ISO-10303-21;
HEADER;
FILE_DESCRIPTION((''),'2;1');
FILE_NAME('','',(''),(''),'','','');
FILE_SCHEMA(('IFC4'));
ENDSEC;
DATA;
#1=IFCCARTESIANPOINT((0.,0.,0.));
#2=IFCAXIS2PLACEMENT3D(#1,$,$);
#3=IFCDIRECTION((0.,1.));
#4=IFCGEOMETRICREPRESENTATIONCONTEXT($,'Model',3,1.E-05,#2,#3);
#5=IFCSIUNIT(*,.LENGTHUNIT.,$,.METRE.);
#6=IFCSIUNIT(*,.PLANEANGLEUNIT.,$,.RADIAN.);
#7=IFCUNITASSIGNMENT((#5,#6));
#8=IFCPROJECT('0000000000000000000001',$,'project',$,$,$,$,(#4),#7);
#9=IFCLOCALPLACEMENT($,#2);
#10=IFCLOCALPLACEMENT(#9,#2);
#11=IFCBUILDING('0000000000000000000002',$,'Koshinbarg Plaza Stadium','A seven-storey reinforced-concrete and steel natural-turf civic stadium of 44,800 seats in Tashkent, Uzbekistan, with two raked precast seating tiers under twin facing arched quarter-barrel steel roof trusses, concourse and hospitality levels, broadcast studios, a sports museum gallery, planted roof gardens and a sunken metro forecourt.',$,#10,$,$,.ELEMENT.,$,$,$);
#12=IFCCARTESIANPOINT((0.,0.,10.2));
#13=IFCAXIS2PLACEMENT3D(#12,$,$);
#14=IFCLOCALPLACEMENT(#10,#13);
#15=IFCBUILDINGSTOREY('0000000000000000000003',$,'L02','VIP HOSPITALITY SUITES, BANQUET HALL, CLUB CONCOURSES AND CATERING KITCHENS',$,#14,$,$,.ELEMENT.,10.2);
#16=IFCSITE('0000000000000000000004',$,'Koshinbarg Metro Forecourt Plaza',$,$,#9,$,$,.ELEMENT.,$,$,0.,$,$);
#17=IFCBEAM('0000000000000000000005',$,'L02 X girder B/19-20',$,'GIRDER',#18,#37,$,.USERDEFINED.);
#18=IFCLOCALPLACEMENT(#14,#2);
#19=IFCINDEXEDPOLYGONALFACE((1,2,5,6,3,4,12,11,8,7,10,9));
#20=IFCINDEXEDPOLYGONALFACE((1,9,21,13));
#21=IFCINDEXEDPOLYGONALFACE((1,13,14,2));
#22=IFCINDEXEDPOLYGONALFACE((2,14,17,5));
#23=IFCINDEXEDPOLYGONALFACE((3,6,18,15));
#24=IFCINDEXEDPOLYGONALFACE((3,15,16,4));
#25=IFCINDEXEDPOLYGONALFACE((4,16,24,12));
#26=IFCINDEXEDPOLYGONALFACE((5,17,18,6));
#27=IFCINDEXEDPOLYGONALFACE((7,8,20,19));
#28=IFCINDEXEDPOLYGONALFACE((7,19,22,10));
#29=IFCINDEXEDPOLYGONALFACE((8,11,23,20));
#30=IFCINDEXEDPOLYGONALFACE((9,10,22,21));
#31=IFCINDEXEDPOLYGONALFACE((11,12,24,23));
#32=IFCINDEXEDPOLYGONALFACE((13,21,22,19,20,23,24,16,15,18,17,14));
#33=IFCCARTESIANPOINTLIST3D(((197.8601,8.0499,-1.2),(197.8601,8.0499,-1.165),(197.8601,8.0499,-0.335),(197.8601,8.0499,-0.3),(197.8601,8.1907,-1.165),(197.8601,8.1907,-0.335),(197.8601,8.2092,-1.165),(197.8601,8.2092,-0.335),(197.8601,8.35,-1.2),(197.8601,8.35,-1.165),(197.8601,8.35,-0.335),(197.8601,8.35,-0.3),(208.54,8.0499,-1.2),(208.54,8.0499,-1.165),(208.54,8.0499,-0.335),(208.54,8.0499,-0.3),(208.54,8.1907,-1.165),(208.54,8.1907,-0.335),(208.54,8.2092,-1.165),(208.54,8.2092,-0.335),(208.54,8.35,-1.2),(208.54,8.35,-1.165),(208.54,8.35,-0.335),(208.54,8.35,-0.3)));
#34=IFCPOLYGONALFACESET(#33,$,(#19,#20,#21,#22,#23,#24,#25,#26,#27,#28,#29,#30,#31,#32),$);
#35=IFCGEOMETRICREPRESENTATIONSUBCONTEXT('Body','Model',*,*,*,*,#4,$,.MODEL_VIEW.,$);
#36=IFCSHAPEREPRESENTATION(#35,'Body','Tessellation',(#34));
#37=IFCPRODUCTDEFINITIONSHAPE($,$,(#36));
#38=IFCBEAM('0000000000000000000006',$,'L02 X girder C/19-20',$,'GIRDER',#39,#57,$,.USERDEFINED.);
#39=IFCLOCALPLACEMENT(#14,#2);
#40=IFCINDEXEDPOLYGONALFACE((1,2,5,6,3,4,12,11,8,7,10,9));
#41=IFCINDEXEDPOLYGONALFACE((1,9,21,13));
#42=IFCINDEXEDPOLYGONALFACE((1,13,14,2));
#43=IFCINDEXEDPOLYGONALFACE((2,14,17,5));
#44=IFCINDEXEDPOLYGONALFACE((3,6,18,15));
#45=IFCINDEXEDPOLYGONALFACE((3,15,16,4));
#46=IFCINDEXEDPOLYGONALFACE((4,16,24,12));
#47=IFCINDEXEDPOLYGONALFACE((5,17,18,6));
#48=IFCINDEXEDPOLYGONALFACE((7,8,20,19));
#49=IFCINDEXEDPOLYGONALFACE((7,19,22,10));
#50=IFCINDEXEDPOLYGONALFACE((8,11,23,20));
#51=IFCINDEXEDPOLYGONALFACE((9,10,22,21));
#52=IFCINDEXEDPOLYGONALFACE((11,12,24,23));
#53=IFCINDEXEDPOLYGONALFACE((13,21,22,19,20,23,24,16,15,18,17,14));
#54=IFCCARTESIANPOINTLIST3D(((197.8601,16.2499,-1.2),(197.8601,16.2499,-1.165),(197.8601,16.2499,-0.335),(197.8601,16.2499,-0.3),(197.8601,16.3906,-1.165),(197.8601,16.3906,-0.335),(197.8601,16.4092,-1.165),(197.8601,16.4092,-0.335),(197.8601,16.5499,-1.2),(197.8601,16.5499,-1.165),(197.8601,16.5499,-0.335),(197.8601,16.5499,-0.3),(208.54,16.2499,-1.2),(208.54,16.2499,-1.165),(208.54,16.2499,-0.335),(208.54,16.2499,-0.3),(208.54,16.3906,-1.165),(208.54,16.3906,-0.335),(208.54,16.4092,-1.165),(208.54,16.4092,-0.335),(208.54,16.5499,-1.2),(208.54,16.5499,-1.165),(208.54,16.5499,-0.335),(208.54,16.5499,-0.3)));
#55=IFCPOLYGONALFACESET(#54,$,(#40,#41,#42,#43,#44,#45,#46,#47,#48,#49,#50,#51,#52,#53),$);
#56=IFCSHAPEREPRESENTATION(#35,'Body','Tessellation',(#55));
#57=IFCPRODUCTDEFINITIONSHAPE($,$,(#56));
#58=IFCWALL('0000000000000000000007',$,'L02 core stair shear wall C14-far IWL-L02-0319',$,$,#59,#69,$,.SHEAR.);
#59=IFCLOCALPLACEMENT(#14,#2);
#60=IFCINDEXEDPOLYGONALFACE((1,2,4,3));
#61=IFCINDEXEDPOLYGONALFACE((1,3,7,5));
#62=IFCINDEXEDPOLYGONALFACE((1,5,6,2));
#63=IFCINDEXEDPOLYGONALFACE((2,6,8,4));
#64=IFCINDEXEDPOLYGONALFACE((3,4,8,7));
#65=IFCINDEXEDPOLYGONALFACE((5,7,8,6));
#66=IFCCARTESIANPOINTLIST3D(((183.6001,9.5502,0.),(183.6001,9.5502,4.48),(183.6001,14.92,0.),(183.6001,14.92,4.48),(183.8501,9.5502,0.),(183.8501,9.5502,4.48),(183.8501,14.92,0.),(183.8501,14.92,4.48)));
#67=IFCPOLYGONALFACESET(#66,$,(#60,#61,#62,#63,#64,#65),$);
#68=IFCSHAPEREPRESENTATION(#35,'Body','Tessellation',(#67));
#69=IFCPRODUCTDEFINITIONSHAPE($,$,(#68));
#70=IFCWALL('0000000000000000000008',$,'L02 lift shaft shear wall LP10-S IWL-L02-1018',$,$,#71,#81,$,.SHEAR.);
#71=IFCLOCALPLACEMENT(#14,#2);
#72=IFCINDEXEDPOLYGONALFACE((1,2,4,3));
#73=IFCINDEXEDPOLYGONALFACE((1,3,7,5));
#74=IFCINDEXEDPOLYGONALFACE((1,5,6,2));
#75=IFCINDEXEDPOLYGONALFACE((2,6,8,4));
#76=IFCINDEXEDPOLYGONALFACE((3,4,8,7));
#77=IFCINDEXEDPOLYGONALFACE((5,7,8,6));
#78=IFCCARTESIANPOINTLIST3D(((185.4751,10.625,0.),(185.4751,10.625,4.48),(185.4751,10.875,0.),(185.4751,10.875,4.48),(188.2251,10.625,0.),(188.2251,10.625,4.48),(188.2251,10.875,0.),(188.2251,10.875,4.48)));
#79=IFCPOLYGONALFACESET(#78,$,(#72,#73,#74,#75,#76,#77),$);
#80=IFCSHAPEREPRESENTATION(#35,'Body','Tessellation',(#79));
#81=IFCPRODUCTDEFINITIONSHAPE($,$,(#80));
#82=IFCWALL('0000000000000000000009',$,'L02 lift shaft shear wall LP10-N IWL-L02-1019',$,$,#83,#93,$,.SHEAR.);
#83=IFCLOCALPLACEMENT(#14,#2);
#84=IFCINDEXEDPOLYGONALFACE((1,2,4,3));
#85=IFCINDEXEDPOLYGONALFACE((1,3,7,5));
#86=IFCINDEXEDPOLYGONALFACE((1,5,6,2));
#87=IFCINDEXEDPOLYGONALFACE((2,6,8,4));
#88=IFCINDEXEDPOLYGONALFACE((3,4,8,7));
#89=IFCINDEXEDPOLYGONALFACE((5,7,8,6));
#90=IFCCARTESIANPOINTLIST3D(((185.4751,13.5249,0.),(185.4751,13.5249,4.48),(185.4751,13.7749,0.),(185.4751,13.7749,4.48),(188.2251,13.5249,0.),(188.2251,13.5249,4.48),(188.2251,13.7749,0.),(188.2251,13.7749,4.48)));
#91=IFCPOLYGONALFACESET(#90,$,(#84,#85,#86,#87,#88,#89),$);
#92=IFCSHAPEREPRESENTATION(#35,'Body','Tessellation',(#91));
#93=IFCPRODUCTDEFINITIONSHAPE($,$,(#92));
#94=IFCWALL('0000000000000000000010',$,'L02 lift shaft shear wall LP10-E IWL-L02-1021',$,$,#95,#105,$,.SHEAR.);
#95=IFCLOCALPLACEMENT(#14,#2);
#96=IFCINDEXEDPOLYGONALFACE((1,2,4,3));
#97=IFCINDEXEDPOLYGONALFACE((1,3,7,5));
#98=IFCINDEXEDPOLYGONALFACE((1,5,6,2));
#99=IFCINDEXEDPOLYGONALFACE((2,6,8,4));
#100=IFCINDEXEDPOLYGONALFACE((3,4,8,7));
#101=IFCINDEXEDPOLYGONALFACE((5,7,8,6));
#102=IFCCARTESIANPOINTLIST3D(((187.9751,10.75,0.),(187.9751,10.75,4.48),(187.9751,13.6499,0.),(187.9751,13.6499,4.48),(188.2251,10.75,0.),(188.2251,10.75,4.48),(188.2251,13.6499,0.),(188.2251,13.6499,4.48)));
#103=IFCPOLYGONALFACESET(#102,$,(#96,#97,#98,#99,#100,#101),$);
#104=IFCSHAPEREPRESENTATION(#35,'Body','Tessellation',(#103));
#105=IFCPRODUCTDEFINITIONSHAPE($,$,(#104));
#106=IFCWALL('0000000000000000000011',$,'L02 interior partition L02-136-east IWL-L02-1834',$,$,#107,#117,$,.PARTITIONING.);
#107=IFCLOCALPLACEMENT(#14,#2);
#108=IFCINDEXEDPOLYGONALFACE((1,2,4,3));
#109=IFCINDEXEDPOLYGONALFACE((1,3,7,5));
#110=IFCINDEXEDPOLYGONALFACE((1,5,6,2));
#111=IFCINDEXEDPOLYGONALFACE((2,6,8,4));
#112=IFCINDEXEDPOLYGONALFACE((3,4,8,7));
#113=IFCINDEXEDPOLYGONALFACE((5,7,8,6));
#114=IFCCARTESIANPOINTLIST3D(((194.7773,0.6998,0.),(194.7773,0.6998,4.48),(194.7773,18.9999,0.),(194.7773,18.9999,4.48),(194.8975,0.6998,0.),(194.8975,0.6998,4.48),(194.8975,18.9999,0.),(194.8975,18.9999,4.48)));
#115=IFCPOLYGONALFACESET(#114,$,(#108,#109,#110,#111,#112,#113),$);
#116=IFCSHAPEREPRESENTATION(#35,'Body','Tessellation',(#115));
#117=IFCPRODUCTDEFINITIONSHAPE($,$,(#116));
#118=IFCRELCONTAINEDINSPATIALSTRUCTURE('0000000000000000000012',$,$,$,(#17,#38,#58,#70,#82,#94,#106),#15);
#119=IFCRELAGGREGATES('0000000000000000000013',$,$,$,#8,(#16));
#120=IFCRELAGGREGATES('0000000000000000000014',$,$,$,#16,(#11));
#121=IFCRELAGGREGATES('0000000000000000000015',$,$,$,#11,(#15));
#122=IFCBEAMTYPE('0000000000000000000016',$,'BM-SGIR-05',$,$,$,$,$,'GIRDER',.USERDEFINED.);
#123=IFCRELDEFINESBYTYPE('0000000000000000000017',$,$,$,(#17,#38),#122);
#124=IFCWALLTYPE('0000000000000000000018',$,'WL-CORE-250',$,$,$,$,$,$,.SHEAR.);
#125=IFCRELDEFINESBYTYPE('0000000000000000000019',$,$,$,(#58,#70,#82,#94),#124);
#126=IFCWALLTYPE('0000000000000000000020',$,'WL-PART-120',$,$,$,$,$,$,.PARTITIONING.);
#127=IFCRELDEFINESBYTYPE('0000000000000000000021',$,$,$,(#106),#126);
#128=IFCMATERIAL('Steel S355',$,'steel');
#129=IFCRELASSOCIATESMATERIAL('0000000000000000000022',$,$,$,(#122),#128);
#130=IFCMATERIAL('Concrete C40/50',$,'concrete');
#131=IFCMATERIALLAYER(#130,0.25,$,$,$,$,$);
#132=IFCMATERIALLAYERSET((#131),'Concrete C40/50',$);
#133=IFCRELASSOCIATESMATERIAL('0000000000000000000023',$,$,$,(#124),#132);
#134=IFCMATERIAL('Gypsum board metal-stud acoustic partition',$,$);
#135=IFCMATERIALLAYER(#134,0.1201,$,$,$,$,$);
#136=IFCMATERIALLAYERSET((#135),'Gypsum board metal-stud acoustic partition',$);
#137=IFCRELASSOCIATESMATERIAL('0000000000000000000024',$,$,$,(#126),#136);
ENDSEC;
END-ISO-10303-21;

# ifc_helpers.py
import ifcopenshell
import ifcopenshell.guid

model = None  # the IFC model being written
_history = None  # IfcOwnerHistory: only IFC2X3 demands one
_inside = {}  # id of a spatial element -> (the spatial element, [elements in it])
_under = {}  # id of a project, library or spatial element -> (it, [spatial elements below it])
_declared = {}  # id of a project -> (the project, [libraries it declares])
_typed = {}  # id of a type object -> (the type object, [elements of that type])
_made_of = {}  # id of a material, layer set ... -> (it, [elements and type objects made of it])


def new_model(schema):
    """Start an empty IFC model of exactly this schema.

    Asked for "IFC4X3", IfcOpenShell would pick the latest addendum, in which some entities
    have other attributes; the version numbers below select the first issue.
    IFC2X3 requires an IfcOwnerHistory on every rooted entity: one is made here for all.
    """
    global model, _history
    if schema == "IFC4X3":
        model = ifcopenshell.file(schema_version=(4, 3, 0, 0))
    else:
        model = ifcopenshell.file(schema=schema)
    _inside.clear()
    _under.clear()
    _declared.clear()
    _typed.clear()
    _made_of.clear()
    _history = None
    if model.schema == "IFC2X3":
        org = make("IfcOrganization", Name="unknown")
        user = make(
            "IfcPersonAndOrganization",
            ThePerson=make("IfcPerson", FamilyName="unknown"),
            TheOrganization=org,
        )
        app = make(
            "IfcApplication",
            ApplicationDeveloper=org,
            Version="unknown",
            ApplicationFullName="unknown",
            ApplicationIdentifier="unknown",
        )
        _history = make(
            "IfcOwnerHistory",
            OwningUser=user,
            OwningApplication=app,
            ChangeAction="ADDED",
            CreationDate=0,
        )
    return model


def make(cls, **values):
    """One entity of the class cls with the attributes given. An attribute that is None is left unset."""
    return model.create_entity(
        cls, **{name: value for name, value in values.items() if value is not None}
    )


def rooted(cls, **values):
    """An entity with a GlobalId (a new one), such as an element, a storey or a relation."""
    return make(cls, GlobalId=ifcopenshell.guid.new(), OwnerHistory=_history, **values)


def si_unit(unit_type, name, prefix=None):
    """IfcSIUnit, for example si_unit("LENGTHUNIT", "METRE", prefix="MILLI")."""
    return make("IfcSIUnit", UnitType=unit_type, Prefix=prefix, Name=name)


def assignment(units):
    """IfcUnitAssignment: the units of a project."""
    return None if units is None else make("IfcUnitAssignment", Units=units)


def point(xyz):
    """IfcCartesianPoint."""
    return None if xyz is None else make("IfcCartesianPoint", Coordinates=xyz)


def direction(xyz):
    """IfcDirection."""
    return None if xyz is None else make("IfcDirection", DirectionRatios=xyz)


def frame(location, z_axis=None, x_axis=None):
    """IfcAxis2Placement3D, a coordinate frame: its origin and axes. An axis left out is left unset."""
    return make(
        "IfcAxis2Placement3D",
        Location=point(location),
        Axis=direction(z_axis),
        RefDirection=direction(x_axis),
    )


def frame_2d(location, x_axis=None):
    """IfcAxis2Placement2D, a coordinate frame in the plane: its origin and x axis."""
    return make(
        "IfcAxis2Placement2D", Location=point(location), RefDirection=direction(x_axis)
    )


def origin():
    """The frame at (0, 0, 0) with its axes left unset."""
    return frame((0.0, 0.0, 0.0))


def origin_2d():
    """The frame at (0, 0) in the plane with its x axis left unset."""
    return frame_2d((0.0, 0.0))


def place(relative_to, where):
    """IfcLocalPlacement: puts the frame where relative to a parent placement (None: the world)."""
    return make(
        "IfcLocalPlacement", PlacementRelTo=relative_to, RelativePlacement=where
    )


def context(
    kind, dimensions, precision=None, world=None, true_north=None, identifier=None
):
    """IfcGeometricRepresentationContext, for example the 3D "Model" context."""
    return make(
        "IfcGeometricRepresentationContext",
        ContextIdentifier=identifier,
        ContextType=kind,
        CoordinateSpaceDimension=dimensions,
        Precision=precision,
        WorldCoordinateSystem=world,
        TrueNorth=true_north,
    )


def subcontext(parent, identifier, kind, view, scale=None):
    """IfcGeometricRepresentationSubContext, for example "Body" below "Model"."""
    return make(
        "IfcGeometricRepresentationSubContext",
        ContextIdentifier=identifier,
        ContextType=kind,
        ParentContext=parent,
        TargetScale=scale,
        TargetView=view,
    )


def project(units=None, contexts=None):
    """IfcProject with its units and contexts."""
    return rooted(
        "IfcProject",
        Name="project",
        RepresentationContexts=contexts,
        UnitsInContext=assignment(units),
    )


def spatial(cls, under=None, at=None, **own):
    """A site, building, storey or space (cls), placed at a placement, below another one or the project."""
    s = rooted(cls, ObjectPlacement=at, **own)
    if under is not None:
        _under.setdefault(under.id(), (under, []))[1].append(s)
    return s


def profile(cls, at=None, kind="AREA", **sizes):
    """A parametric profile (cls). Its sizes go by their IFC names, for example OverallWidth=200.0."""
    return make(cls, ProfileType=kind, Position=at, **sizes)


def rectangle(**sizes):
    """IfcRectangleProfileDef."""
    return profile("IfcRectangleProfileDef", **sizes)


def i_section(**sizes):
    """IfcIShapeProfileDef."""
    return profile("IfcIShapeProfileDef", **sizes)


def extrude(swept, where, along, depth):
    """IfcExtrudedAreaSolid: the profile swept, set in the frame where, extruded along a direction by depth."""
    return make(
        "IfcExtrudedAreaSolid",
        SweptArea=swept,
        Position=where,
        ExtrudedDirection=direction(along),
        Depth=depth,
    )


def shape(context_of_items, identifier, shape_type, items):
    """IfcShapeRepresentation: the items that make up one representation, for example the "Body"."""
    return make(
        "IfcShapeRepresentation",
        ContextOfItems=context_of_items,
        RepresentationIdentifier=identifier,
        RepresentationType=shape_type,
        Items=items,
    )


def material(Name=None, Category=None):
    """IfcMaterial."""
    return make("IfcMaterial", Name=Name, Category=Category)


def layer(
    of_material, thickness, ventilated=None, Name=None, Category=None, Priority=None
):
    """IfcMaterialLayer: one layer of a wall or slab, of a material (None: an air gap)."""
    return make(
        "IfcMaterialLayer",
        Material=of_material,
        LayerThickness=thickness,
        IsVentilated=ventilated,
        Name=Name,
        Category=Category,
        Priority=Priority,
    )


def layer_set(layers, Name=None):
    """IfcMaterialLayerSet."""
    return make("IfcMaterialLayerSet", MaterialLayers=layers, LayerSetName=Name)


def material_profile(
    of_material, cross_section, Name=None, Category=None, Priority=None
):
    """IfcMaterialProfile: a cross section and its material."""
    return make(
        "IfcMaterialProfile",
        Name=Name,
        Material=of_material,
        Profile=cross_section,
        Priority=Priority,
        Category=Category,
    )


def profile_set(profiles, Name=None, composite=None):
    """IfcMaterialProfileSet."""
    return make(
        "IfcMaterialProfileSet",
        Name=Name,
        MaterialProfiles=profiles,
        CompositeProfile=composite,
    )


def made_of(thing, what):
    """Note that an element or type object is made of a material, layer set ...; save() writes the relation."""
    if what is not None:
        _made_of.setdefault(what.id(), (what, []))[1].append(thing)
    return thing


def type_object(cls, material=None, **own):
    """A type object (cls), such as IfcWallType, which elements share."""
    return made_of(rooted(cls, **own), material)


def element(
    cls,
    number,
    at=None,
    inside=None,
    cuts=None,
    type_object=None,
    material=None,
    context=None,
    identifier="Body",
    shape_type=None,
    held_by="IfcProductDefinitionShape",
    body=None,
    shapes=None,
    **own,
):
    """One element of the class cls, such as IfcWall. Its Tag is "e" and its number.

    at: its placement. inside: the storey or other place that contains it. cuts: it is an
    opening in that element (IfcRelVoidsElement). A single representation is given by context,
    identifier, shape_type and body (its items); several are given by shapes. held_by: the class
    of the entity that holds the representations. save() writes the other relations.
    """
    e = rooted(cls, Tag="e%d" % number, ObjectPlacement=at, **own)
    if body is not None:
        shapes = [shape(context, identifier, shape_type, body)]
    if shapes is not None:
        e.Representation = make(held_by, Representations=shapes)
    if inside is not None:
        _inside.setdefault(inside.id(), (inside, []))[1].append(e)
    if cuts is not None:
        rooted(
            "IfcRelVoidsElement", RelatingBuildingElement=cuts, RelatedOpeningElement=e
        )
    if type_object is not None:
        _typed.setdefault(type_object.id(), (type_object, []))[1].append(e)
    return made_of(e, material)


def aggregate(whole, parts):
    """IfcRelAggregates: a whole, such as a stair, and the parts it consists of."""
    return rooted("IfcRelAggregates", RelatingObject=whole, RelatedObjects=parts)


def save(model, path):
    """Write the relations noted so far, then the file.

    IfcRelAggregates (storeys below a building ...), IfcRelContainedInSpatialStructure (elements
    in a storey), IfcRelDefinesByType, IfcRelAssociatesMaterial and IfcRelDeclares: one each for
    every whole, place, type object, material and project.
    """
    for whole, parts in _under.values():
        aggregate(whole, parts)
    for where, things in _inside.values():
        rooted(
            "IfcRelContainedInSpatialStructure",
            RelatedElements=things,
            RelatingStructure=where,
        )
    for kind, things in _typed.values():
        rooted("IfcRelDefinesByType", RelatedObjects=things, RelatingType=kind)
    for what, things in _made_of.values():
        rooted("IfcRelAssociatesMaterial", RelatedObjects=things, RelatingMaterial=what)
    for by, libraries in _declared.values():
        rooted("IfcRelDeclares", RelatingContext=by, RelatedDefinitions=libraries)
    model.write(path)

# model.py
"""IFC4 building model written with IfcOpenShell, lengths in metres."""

from ifc_helpers import new_model, si_unit, direction, frame, frame_2d, origin, origin_2d, place, context, subcontext, project, spatial, rectangle, i_section, extrude, material, layer, layer_set, material_profile, profile_set, type_object, element, save


model = new_model("IFC4")

# Units and contexts
model_context = context("Model", 3, precision=1e-05, world=origin(), true_north=direction((0.0, 1.0)))
body_context = subcontext(model_context, "Body", "Model", "MODEL_VIEW")
ifc_project = project(units=[si_unit("LENGTHUNIT", "METRE"), si_unit("PLANEANGLEUNIT", "RADIAN")], contexts=[model_context])

# Site, building, storey
site_placement = place(None, origin())
site = spatial("IfcSite", under=ifc_project, at=site_placement, Name="Koshinbarg Metro Forecourt Plaza", CompositionType="ELEMENT", RefElevation=0.0)
building_placement = place(site_placement, origin())
building = spatial("IfcBuilding", under=site, at=building_placement, Name="Koshinbarg Plaza Stadium", Description="A seven-storey reinforced-concrete and steel natural-turf civic stadium of 44,800 seats in Tashkent, Uzbekistan, with two raked precast seating tiers under twin facing arched quarter-barrel steel roof trusses, concourse and hospitality levels, broadcast studios, a sports museum gallery, planted roof gardens and a sunken metro forecourt.", CompositionType="ELEMENT")
storey_placement = place(building_placement, frame((0.0, 0.0, 10.2)))
storey = spatial("IfcBuildingStorey", under=building, at=storey_placement, Name="L02", Description="VIP HOSPITALITY SUITES, BANQUET HALL, CLUB CONCOURSES AND CATERING KITCHENS", CompositionType="ELEMENT", Elevation=10.2)

# Shared definitions
ifc_material_1 = material(Name="Concrete C40/50", Category="concrete")

# Beams
ifc_material_2 = material(Name="Steel S355", Category="steel")
ifc_material_profile_1 = material_profile(ifc_material_2, i_section(OverallWidth=0.3, OverallDepth=0.8999, WebThickness=0.0186, FlangeThickness=0.0349, at=origin_2d()), Name="HEB 900")
ifc_profile_set_1 = profile_set([ifc_material_profile_1], Name="Steel S355")
beam_type_1 = type_object("IfcBeamType", Name="BM-SGIR-05", ElementType="GIRDER", PredefinedType="USERDEFINED", material=ifc_profile_set_1)
for number, where, z_axis, x_axis, name in (
    (1, (197.8601, 8.2, -0.75), (1.0, 0.0, 0.0), (0.0, 1.0, 0.0), "L02 X girder B/19-20"),
    (2, (197.8601, 16.3999, -0.75), (1.0, 0.0, 0.0), (0.0, 1.0, 0.0), "L02 X girder C/19-20"),
):
    element("IfcBeam", number, at=place(storey_placement, frame(where, z_axis=z_axis, x_axis=x_axis)), inside=storey, type_object=beam_type_1, Name=name, ObjectType="GIRDER", PredefinedType="USERDEFINED", context=body_context, shape_type="SweptSolid", body=[
        extrude(i_section(OverallWidth=0.3, OverallDepth=0.8999, WebThickness=0.0186, FlangeThickness=0.0349, at=origin_2d()), origin(), (0.0, 0.0, 1.0), 10.6799),
    ])

# Walls
ifc_layer_1 = layer(ifc_material_1, 0.25)
ifc_layer_set_1 = layer_set([ifc_layer_1], Name="Concrete C40/50")
wall_type_1 = type_object("IfcWallType", Name="WL-CORE-250", PredefinedType="SHEAR", material=ifc_layer_set_1)
wall_1_placement = place(storey_placement, frame((183.7251, 9.55, 0.0), z_axis=(0.0, 0.0, 1.0), x_axis=(0.0, 1.0, 0.0)))
element("IfcWall", 3, at=wall_1_placement, inside=storey, type_object=wall_type_1, Name="L02 core stair shear wall C14-far IWL-L02-0319", PredefinedType="SHEAR", context=body_context, shape_type="SweptSolid", body=[
    extrude(rectangle(XDim=5.3699, YDim=0.25, at=frame_2d((2.6851, 0.0))), origin(), (0.0, 0.0, 1.0), 4.48),
])
for number, where, z_axis, x_axis, name in (
    (4, (185.4751, 10.75, 0.0), (0.0, 0.0, 1.0), (1.0, 0.0, 0.0), "L02 lift shaft shear wall LP10-S IWL-L02-1018"),
    (5, (188.2251, 13.6499, 0.0), (0.0, 0.0, 1.0), (-1.0, 0.0, 0.0), "L02 lift shaft shear wall LP10-N IWL-L02-1019"),
):
    element("IfcWall", number, at=place(storey_placement, frame(where, z_axis=z_axis, x_axis=x_axis)), inside=storey, type_object=wall_type_1, Name=name, PredefinedType="SHEAR", context=body_context, shape_type="SweptSolid", body=[
        extrude(rectangle(XDim=2.75, YDim=0.25, at=frame_2d((1.375, 0.0))), origin(), (0.0, 0.0, 1.0), 4.48),
    ])

# Walls
wall_2_placement = place(storey_placement, frame((188.1001, 10.75, 0.0), z_axis=(0.0, 0.0, 1.0), x_axis=(0.0, 1.0, 0.0)))
element("IfcWall", 6, at=wall_2_placement, inside=storey, type_object=wall_type_1, Name="L02 lift shaft shear wall LP10-E IWL-L02-1021", PredefinedType="SHEAR", context=body_context, shape_type="SweptSolid", body=[
    extrude(rectangle(XDim=2.8999, YDim=0.25, at=frame_2d((1.45, 0.0))), origin(), (0.0, 0.0, 1.0), 4.48),
])
ifc_material_3 = material(Name="Gypsum board metal-stud acoustic partition")
ifc_layer_2 = layer(ifc_material_3, 0.1201)
ifc_layer_set_2 = layer_set([ifc_layer_2], Name="Gypsum board metal-stud acoustic partition")
wall_type_2 = type_object("IfcWallType", Name="WL-PART-120", PredefinedType="PARTITIONING", material=ifc_layer_set_2)
wall_3_placement = place(storey_placement, frame((194.8374, 0.7, 0.0), z_axis=(0.0, 0.0, 1.0), x_axis=(0.0, 1.0, 0.0)))
element("IfcWall", 7, at=wall_3_placement, inside=storey, type_object=wall_type_2, Name="L02 interior partition L02-136-east IWL-L02-1834", PredefinedType="PARTITIONING", context=body_context, shape_type="SweptSolid", body=[
    extrude(rectangle(XDim=18.3, YDim=0.1201, at=frame_2d((9.1499, 0.0))), origin(), (0.0, 0.0, 1.0), 4.48),
])

save(model, "model.ifc")
